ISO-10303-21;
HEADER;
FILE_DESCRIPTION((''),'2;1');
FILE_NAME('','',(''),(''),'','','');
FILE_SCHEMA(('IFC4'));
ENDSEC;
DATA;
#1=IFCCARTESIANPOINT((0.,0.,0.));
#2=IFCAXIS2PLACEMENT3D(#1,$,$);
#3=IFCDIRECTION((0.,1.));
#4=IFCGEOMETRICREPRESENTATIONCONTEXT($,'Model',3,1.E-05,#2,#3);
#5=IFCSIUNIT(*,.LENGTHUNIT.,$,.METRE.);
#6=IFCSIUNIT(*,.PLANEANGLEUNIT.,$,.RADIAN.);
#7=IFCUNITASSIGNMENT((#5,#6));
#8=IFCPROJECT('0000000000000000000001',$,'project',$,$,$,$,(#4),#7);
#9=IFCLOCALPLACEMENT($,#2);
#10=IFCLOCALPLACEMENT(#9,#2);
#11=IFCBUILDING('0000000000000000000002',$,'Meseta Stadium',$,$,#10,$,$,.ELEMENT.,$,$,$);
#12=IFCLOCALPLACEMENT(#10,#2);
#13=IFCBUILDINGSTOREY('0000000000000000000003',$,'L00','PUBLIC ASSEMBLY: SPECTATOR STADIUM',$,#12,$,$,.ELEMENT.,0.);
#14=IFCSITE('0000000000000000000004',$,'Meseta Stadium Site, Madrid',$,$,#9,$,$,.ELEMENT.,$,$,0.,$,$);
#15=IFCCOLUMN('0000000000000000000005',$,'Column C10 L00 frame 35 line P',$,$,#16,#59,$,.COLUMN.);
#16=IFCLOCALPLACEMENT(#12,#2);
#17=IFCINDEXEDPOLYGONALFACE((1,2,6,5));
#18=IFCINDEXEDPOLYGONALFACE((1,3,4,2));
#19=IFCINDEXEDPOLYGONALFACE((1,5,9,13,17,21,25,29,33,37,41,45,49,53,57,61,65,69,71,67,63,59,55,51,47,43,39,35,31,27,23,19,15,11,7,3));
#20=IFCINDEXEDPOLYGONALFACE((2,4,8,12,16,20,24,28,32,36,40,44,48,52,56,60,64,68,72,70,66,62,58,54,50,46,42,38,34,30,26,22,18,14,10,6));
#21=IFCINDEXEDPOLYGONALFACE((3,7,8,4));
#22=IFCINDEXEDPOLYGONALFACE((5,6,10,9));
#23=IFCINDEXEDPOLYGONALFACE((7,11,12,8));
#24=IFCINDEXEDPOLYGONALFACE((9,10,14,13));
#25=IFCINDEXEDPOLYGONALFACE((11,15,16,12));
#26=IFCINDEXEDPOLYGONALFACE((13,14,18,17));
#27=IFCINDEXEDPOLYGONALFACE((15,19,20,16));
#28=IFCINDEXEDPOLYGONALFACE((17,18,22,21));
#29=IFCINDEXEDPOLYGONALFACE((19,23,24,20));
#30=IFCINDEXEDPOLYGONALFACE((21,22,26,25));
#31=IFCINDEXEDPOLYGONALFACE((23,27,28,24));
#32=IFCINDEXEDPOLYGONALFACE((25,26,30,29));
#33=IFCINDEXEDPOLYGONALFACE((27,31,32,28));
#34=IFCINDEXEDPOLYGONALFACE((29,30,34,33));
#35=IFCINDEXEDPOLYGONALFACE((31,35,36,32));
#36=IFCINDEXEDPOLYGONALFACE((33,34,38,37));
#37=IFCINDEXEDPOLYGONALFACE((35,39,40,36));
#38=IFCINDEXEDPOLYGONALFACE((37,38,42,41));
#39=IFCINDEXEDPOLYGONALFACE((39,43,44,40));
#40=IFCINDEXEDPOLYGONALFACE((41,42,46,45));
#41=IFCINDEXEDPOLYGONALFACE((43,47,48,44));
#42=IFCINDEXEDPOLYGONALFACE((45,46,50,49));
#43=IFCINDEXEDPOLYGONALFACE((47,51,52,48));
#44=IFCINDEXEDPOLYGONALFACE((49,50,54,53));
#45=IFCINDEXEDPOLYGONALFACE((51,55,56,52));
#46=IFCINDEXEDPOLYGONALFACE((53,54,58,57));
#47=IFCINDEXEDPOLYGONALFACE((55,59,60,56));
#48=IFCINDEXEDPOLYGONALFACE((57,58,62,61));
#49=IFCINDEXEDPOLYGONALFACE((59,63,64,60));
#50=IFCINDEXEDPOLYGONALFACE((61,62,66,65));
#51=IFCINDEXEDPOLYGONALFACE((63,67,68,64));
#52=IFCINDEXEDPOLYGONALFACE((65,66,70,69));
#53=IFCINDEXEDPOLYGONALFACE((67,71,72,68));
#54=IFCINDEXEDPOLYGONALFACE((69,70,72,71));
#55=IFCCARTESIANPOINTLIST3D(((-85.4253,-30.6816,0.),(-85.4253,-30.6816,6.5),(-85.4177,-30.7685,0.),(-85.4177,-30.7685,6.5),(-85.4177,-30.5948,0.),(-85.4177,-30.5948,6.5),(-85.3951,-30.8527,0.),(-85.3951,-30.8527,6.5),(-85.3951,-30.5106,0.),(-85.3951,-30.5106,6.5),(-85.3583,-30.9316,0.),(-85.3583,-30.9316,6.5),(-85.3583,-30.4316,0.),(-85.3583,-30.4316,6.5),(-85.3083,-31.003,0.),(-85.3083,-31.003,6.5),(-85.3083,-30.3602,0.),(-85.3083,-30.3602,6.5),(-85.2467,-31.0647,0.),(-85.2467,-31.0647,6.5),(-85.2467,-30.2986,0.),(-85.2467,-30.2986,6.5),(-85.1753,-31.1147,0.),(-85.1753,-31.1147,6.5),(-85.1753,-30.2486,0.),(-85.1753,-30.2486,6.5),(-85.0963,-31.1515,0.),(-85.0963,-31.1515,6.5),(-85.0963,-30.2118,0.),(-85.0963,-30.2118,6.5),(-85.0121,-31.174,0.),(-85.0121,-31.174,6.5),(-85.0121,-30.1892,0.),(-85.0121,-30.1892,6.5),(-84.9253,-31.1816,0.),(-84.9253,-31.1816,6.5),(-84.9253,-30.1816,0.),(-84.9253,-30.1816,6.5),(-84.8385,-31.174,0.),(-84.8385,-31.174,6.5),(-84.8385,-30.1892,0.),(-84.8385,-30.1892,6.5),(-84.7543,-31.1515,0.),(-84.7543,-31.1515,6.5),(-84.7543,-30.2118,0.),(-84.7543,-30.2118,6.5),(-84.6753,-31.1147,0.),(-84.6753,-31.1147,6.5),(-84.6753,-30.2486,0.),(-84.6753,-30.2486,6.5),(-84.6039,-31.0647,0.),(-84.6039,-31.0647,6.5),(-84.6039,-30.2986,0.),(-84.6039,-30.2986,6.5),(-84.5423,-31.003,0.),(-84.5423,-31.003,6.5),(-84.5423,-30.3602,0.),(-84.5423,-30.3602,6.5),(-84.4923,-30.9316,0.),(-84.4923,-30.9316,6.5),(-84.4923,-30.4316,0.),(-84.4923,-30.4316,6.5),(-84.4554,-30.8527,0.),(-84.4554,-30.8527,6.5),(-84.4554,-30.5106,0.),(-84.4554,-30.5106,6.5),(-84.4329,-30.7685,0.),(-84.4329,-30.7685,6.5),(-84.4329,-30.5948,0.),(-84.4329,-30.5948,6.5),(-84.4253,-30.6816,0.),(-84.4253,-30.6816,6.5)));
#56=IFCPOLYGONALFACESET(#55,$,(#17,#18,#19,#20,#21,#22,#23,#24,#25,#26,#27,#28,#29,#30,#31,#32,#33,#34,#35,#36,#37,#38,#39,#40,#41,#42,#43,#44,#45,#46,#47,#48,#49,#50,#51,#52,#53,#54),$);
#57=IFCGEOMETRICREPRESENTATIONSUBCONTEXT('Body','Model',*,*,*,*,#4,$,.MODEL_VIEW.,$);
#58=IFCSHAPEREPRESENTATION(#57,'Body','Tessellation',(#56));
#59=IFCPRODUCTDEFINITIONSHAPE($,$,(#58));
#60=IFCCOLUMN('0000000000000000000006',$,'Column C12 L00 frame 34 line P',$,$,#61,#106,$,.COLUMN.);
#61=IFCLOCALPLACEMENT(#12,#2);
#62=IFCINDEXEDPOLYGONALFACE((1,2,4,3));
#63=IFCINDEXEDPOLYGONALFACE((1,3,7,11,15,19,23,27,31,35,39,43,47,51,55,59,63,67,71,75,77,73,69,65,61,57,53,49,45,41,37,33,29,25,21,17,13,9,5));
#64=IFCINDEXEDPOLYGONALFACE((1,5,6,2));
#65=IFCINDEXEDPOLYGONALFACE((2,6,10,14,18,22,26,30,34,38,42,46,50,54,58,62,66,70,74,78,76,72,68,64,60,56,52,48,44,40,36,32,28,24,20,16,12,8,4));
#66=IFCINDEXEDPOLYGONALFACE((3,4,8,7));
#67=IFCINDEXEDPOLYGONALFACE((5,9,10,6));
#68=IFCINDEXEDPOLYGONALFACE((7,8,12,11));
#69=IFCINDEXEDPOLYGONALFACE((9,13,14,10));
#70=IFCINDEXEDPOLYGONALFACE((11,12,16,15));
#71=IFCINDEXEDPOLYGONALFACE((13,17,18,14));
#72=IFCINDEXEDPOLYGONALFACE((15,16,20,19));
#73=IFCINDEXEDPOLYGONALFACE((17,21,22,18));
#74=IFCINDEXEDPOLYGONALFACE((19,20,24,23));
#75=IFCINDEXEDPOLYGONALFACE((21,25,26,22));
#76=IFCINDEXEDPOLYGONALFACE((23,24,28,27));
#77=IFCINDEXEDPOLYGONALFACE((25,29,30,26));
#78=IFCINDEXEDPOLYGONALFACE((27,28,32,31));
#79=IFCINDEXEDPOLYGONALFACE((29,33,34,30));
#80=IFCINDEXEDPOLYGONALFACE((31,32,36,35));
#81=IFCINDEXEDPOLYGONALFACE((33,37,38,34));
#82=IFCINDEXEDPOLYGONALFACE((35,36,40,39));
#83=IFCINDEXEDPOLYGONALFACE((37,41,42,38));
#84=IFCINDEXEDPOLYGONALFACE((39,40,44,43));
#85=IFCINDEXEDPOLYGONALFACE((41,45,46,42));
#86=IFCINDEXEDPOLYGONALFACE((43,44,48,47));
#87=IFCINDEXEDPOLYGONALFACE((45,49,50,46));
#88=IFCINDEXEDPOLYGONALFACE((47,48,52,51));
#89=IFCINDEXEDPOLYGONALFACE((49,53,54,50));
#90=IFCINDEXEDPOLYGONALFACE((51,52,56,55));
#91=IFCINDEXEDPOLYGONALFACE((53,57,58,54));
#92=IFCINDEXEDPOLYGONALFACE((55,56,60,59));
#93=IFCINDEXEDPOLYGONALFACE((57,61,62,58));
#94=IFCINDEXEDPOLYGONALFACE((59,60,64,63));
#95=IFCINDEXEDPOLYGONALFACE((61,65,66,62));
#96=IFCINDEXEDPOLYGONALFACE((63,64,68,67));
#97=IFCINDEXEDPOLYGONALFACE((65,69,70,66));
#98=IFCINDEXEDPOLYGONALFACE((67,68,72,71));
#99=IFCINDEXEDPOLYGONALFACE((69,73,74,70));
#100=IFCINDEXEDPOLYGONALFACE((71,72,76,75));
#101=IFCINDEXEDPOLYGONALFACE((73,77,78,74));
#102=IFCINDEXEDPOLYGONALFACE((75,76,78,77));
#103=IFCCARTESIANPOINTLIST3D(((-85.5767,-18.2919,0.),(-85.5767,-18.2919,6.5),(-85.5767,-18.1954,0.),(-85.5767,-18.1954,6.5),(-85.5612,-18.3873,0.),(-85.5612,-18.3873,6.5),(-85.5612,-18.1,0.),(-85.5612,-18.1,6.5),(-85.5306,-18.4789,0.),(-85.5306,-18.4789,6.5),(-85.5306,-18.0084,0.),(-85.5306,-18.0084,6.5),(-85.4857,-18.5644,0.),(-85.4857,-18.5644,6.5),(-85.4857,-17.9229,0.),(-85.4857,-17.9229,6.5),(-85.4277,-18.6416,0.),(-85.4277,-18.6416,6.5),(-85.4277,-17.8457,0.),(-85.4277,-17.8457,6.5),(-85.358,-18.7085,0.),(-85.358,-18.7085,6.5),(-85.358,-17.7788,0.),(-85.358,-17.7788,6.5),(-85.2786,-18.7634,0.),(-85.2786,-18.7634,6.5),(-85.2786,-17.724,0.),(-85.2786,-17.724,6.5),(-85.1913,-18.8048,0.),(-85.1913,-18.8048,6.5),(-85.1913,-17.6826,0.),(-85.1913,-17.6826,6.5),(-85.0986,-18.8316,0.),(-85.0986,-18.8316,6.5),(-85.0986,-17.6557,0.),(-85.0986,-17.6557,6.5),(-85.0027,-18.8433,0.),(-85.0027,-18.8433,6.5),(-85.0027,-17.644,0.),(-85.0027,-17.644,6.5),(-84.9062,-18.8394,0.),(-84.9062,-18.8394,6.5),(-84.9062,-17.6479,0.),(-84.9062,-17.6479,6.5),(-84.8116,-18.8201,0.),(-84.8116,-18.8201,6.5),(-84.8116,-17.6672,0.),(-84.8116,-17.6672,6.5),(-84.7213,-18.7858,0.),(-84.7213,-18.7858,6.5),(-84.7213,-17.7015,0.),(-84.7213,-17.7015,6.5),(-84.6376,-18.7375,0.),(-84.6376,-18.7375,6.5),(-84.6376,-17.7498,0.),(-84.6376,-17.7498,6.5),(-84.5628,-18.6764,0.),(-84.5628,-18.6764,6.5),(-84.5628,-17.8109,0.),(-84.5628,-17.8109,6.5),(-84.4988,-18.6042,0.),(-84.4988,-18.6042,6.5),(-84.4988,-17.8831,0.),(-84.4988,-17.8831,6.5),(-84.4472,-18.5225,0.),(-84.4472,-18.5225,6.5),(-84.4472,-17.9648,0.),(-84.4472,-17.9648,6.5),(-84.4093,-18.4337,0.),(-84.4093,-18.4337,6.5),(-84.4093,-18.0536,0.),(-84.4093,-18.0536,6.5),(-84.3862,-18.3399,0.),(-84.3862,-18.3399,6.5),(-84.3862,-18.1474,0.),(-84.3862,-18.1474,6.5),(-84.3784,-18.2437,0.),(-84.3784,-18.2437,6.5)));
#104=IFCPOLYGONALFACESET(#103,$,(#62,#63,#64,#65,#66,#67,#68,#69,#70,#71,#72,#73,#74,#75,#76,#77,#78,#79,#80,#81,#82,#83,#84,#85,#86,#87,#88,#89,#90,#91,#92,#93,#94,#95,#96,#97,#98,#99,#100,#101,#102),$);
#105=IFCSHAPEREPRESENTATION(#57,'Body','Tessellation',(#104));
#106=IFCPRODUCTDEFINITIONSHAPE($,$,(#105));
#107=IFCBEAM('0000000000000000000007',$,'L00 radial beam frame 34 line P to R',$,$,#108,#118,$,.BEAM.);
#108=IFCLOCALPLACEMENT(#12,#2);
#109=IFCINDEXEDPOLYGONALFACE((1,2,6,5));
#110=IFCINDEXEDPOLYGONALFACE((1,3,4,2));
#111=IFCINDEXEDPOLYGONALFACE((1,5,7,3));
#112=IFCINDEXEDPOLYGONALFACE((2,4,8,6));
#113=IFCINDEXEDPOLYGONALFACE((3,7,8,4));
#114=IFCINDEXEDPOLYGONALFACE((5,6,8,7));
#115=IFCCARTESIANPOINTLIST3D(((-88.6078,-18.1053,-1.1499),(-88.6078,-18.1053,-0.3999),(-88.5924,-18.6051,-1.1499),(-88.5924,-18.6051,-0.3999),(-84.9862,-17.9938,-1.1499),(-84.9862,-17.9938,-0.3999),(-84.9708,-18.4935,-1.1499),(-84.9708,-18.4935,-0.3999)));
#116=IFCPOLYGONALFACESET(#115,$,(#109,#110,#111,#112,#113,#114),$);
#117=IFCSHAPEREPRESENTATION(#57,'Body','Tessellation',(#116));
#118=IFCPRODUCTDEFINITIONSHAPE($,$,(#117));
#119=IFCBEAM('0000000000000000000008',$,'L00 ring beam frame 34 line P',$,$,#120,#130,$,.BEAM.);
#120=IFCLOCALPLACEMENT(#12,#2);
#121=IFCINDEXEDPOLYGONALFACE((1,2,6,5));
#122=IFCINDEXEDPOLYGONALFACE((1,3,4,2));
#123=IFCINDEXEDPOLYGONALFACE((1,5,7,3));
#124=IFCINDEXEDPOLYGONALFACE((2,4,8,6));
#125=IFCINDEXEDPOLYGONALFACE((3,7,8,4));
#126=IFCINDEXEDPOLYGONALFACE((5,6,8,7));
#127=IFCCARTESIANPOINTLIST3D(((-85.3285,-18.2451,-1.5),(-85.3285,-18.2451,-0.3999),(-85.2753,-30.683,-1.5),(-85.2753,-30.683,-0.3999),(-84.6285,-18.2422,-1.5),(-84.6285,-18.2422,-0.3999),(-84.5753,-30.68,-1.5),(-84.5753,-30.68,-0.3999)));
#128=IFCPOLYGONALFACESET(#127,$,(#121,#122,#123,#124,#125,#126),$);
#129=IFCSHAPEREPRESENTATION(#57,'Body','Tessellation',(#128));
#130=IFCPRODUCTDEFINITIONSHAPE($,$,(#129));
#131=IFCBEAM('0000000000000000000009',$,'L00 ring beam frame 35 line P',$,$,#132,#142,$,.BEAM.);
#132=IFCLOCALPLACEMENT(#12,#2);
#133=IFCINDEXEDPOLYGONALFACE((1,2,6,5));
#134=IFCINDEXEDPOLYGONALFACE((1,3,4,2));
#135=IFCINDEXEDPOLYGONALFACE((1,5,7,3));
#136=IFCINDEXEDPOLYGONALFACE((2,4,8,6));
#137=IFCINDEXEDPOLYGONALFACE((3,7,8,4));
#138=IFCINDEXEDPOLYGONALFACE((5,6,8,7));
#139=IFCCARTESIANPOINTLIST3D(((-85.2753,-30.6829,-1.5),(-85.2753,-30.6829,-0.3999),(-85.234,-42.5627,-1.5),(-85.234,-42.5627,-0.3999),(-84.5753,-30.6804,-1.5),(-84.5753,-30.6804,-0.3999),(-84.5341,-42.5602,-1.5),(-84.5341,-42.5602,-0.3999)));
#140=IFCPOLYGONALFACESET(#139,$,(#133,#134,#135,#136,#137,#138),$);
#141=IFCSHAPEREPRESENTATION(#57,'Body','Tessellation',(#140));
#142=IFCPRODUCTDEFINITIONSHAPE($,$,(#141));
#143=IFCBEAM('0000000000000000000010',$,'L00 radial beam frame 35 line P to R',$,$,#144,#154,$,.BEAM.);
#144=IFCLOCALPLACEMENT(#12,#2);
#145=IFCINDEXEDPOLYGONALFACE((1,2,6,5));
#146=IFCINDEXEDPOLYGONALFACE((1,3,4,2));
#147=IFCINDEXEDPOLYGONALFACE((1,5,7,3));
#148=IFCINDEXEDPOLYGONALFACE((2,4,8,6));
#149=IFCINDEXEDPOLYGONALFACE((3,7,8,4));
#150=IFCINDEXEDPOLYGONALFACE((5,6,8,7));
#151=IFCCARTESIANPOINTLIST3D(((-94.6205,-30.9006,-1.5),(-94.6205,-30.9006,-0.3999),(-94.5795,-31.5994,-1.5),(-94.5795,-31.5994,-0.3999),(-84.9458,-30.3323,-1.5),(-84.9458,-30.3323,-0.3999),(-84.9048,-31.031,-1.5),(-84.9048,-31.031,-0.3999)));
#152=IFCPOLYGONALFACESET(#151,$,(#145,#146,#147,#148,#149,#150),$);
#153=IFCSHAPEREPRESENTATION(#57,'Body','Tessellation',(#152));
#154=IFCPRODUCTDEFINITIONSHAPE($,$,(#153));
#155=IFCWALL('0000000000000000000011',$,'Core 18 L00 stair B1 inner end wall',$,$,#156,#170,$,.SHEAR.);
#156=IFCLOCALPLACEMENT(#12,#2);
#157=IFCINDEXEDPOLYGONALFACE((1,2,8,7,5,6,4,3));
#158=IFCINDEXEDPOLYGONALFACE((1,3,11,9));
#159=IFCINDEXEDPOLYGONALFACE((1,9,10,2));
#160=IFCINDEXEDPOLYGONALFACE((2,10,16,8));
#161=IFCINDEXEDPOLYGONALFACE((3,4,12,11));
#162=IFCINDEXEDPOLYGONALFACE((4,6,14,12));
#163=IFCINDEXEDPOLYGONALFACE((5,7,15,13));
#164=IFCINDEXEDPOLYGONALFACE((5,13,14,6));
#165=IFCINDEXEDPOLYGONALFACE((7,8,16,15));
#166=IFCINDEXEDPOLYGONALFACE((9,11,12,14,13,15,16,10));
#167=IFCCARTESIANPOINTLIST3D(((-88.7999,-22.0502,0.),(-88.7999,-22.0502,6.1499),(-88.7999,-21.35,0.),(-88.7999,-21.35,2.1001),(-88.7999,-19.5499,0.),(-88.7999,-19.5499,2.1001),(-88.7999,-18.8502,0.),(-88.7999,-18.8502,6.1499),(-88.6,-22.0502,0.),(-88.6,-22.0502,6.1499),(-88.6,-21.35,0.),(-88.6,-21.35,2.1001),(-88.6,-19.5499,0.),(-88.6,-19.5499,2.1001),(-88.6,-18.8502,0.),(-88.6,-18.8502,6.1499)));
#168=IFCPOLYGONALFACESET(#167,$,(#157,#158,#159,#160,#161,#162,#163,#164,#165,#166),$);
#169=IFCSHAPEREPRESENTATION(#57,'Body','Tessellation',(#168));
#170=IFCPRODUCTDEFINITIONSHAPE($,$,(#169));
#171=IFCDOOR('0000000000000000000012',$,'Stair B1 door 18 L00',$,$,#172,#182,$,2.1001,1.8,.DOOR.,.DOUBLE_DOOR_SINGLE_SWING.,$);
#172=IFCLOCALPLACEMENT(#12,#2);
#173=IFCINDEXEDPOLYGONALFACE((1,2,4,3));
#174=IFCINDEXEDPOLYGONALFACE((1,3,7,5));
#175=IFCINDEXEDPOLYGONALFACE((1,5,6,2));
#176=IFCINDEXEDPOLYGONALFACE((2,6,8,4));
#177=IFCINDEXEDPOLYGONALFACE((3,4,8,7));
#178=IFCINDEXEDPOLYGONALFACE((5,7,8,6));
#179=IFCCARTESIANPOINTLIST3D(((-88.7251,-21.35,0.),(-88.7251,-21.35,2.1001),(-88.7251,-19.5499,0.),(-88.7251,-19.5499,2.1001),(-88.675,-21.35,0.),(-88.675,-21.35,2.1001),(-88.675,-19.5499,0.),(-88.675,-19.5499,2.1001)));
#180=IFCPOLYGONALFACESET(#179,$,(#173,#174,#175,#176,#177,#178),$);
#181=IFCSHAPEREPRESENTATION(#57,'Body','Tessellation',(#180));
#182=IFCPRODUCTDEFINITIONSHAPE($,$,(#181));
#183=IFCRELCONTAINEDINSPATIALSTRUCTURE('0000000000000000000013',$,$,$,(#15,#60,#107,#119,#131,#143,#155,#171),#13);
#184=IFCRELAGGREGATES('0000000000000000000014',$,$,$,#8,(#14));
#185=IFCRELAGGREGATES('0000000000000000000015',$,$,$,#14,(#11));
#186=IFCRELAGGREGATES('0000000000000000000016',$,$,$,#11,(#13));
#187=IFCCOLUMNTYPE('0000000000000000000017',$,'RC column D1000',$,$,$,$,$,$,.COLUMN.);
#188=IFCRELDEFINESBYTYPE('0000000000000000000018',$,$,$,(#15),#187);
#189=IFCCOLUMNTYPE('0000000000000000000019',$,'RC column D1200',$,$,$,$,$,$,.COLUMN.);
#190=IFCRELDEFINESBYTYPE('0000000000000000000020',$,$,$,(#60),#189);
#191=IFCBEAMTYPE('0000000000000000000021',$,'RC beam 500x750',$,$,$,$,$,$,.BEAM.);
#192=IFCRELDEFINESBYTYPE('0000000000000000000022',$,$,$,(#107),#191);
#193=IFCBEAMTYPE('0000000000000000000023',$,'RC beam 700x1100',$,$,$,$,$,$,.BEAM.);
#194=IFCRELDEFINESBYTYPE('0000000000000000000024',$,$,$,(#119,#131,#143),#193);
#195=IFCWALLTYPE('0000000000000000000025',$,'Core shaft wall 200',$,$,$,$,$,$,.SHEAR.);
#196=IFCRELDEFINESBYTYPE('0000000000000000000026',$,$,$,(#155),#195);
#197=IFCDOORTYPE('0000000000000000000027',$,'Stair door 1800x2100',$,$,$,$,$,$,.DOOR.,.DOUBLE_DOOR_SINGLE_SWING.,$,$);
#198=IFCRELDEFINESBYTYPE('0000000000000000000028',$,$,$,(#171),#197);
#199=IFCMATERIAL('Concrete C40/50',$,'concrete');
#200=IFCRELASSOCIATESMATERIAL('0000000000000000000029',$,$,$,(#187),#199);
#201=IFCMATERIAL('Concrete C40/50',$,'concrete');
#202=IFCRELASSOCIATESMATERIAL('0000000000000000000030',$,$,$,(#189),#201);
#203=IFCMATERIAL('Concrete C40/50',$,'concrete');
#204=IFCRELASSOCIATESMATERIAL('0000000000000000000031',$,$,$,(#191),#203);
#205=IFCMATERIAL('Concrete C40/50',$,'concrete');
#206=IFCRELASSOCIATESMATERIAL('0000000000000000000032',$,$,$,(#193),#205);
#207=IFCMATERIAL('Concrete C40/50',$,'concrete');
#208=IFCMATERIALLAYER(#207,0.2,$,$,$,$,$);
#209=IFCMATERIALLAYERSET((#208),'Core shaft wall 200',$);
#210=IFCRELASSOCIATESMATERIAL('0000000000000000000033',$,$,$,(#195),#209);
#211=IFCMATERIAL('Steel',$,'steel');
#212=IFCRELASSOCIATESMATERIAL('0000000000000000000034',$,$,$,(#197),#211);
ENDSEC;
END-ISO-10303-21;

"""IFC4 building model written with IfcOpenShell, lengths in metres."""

from ifc_helpers import new_model, si_unit, direction, frame, frame_2d, origin, origin_2d, place, context, subcontext, project, spatial, rectangle, circle, extrude, material, layer, layer_set, material_profile, profile_set, type_object, element, fill, save


model = new_model("IFC4")

# Units and contexts
model_context = context("Model", 3, precision=1e-05, world=origin(), true_north=direction((0.0, 1.0)))
body_context = subcontext(model_context, "Body", "Model", "MODEL_VIEW")
ifc_project = project(units=[si_unit("LENGTHUNIT", "METRE"), si_unit("PLANEANGLEUNIT", "RADIAN")], contexts=[model_context])

# Site, building, storey
site_placement = place(None, origin())
site = spatial("IfcSite", under=ifc_project, at=site_placement, Name="Meseta Stadium Site, Madrid", CompositionType="ELEMENT", RefElevation=0.0)
building_placement = place(site_placement, origin())
building = spatial("IfcBuilding", under=site, at=building_placement, Name="Meseta Stadium", CompositionType="ELEMENT")
storey_placement = place(building_placement, origin())
storey = spatial("IfcBuildingStorey", under=building, at=storey_placement, Name="L00", Description="PUBLIC ASSEMBLY: SPECTATOR STADIUM", CompositionType="ELEMENT", Elevation=0.0)

# Columns
ifc_material_1 = material(Name="Concrete C40/50", Category="concrete")
ifc_material_profile_1 = material_profile(ifc_material_1, circle(Radius=0.5, at=origin_2d()), Name="RC D1000")
ifc_profile_set_1 = profile_set([ifc_material_profile_1], Name="Concrete C40/50")
column_type_1 = type_object("IfcColumnType", Name="RC column D1000", PredefinedType="COLUMN", material=ifc_profile_set_1)
column_1_placement = place(storey_placement, frame((-84.9253, -30.6816, 0.0), z_axis=(0.0, 0.0, 1.0), x_axis=(1.0, 0.0, 0.0)))
element("IfcColumn", 1, at=column_1_placement, inside=storey, type_object=column_type_1, Name="Column C10 L00 frame 35 line P", PredefinedType="COLUMN", context=body_context, shape_type="SweptSolid", body=[
    extrude(circle(Radius=0.5, at=origin_2d()), origin(), (0.0, 0.0, 1.0), 6.5),
])
ifc_material_2 = material(Name="Concrete C40/50", Category="concrete")
ifc_material_profile_2 = material_profile(ifc_material_2, circle(Radius=0.6001, at=origin_2d()), Name="RC D1200")
ifc_profile_set_2 = profile_set([ifc_material_profile_2], Name="Concrete C40/50")
column_type_2 = type_object("IfcColumnType", Name="RC column D1200", PredefinedType="COLUMN", material=ifc_profile_set_2)
column_2_placement = place(storey_placement, frame((-84.9785, -18.2437, 0.0), z_axis=(0.0, 0.0, 1.0), x_axis=(1.0, 0.0, 0.0)))
element("IfcColumn", 2, at=column_2_placement, inside=storey, type_object=column_type_2, Name="Column C12 L00 frame 34 line P", PredefinedType="COLUMN", context=body_context, shape_type="SweptSolid", body=[
    extrude(circle(Radius=0.6001, at=origin_2d()), origin(), (0.0, 0.0, 1.0), 6.5),
])

# Beams
ifc_material_3 = material(Name="Concrete C40/50", Category="concrete")
ifc_material_profile_3 = material_profile(ifc_material_3, rectangle(XDim=0.5, YDim=0.75, at=origin_2d()), Name="RC 500x750")
ifc_profile_set_3 = profile_set([ifc_material_profile_3], Name="Concrete C40/50")
beam_type_1 = type_object("IfcBeamType", Name="RC beam 500x750", PredefinedType="BEAM", material=ifc_profile_set_3)
beam_1_placement = place(storey_placement, frame((-84.9785, -18.2437, -0.7749), z_axis=(-0.999526, -0.030793, 0.0), x_axis=(0.030793, -0.999526, 0.0)))
element("IfcBeam", 3, at=beam_1_placement, inside=storey, type_object=beam_type_1, Name="L00 radial beam frame 34 line P to R", PredefinedType="BEAM", context=body_context, shape_type="SweptSolid", body=[
    extrude(rectangle(XDim=0.5, YDim=0.75, at=origin_2d()), origin(), (0.0, 0.0, 1.0), 3.6233),
])
ifc_material_4 = material(Name="Concrete C40/50", Category="concrete")
ifc_material_profile_4 = material_profile(ifc_material_4, rectangle(XDim=0.7, YDim=1.1001, at=origin_2d()), Name="RC 700x1100")
ifc_profile_set_4 = profile_set([ifc_material_profile_4], Name="Concrete C40/50")
beam_type_2 = type_object("IfcBeamType", Name="RC beam 700x1100", PredefinedType="BEAM", material=ifc_profile_set_4)
beam_2_placement = place(storey_placement, frame((-84.9785, -18.2437, -0.95), z_axis=(0.004279, -0.999991, 0.0), x_axis=(0.999991, 0.004279, 0.0)))
element("IfcBeam", 4, at=beam_2_placement, inside=storey, type_object=beam_type_2, Name="L00 ring beam frame 34 line P", PredefinedType="BEAM", context=body_context, shape_type="SweptSolid", body=[
    extrude(rectangle(XDim=0.7, YDim=1.1001, at=origin_2d()), origin(), (0.0, 0.0, 1.0), 12.438),
])
beam_3_placement = place(storey_placement, frame((-84.9253, -30.6816, -0.95), z_axis=(0.003473, -0.999994, 0.0), x_axis=(0.999994, 0.003473, 0.0)))
element("IfcBeam", 5, at=beam_3_placement, inside=storey, type_object=beam_type_2, Name="L00 ring beam frame 35 line P", PredefinedType="BEAM", context=body_context, shape_type="SweptSolid", body=[
    extrude(rectangle(XDim=0.7, YDim=1.1001, at=origin_2d()), origin(), (0.0, 0.0, 1.0), 11.8799),
])
beam_4_placement = place(storey_placement, frame((-84.9253, -30.6816, -0.95), z_axis=(-0.998279, -0.058645, 0.0), x_axis=(0.058645, -0.998279, 0.0)))
element("IfcBeam", 6, at=beam_4_placement, inside=storey, type_object=beam_type_2, Name="L00 radial beam frame 35 line P to R", PredefinedType="BEAM", context=body_context, shape_type="SweptSolid", body=[
    extrude(rectangle(XDim=0.7, YDim=1.1001, at=origin_2d()), origin(), (0.0, 0.0, 1.0), 9.6914),
])

# Wall, opening, door
ifc_material_5 = material(Name="Concrete C40/50", Category="concrete")
ifc_layer_1 = layer(ifc_material_5, 0.2)
ifc_layer_set_1 = layer_set([ifc_layer_1], Name="Core shaft wall 200")
wall_type_1 = type_object("IfcWallType", Name="Core shaft wall 200", PredefinedType="SHEAR", material=ifc_layer_set_1)
wall_1_placement = place(storey_placement, frame((-88.7, -18.8501, 0.0), z_axis=(0.0, 0.0, 1.0), x_axis=(0.0, -1.0, 0.0)))
wall_1 = element("IfcWall", 7, at=wall_1_placement, inside=storey, type_object=wall_type_1, Name="Core 18 L00 stair B1 inner end wall", PredefinedType="SHEAR", context=body_context, shape_type="SweptSolid", body=[
    extrude(rectangle(XDim=3.2, YDim=0.2, at=frame_2d((1.6001, 0.0))), origin(), (0.0, 0.0, 1.0), 6.1499),
])
opening_1_placement = place(wall_1_placement, frame((0.7, 0.0, 0.0)))
opening_1 = element("IfcOpeningElement", 8, at=opening_1_placement, cuts=wall_1, PredefinedType="OPENING", context=body_context, shape_type="SweptSolid", body=[
    extrude(rectangle(XDim=1.8, YDim=2.1001, at=frame_2d((0.8999, 1.05))), frame((0.0, 0.1099, 0.0), z_axis=(0.0, -1.0, 0.0), x_axis=(1.0, 0.0, 0.0)), (0.0, 0.0, 1.0), 0.22),
])
ifc_material_6 = material(Name="Steel", Category="steel")
door_type = type_object("IfcDoorType", Name="Stair door 1800x2100", OperationType="DOUBLE_DOOR_SINGLE_SWING", PredefinedType="DOOR", material=ifc_material_6)
door_1_placement = place(opening_1_placement, origin())
door_1 = element("IfcDoor", 9, at=door_1_placement, inside=storey, type_object=door_type, Name="Stair B1 door 18 L00", OperationType="DOUBLE_DOOR_SINGLE_SWING", OverallHeight=2.1001, OverallWidth=1.8, PredefinedType="DOOR", context=body_context, shape_type="SweptSolid", body=[
    extrude(rectangle(XDim=1.8, YDim=2.1001, at=frame_2d((0.8999, 1.05))), frame((0.0, 0.0249, 0.0), z_axis=(0.0, -1.0, 0.0), x_axis=(1.0, 0.0, 0.0)), (0.0, 0.0, 1.0), 0.05),
])
fill(opening_1, door_1)

save(model, "model.ifc")
